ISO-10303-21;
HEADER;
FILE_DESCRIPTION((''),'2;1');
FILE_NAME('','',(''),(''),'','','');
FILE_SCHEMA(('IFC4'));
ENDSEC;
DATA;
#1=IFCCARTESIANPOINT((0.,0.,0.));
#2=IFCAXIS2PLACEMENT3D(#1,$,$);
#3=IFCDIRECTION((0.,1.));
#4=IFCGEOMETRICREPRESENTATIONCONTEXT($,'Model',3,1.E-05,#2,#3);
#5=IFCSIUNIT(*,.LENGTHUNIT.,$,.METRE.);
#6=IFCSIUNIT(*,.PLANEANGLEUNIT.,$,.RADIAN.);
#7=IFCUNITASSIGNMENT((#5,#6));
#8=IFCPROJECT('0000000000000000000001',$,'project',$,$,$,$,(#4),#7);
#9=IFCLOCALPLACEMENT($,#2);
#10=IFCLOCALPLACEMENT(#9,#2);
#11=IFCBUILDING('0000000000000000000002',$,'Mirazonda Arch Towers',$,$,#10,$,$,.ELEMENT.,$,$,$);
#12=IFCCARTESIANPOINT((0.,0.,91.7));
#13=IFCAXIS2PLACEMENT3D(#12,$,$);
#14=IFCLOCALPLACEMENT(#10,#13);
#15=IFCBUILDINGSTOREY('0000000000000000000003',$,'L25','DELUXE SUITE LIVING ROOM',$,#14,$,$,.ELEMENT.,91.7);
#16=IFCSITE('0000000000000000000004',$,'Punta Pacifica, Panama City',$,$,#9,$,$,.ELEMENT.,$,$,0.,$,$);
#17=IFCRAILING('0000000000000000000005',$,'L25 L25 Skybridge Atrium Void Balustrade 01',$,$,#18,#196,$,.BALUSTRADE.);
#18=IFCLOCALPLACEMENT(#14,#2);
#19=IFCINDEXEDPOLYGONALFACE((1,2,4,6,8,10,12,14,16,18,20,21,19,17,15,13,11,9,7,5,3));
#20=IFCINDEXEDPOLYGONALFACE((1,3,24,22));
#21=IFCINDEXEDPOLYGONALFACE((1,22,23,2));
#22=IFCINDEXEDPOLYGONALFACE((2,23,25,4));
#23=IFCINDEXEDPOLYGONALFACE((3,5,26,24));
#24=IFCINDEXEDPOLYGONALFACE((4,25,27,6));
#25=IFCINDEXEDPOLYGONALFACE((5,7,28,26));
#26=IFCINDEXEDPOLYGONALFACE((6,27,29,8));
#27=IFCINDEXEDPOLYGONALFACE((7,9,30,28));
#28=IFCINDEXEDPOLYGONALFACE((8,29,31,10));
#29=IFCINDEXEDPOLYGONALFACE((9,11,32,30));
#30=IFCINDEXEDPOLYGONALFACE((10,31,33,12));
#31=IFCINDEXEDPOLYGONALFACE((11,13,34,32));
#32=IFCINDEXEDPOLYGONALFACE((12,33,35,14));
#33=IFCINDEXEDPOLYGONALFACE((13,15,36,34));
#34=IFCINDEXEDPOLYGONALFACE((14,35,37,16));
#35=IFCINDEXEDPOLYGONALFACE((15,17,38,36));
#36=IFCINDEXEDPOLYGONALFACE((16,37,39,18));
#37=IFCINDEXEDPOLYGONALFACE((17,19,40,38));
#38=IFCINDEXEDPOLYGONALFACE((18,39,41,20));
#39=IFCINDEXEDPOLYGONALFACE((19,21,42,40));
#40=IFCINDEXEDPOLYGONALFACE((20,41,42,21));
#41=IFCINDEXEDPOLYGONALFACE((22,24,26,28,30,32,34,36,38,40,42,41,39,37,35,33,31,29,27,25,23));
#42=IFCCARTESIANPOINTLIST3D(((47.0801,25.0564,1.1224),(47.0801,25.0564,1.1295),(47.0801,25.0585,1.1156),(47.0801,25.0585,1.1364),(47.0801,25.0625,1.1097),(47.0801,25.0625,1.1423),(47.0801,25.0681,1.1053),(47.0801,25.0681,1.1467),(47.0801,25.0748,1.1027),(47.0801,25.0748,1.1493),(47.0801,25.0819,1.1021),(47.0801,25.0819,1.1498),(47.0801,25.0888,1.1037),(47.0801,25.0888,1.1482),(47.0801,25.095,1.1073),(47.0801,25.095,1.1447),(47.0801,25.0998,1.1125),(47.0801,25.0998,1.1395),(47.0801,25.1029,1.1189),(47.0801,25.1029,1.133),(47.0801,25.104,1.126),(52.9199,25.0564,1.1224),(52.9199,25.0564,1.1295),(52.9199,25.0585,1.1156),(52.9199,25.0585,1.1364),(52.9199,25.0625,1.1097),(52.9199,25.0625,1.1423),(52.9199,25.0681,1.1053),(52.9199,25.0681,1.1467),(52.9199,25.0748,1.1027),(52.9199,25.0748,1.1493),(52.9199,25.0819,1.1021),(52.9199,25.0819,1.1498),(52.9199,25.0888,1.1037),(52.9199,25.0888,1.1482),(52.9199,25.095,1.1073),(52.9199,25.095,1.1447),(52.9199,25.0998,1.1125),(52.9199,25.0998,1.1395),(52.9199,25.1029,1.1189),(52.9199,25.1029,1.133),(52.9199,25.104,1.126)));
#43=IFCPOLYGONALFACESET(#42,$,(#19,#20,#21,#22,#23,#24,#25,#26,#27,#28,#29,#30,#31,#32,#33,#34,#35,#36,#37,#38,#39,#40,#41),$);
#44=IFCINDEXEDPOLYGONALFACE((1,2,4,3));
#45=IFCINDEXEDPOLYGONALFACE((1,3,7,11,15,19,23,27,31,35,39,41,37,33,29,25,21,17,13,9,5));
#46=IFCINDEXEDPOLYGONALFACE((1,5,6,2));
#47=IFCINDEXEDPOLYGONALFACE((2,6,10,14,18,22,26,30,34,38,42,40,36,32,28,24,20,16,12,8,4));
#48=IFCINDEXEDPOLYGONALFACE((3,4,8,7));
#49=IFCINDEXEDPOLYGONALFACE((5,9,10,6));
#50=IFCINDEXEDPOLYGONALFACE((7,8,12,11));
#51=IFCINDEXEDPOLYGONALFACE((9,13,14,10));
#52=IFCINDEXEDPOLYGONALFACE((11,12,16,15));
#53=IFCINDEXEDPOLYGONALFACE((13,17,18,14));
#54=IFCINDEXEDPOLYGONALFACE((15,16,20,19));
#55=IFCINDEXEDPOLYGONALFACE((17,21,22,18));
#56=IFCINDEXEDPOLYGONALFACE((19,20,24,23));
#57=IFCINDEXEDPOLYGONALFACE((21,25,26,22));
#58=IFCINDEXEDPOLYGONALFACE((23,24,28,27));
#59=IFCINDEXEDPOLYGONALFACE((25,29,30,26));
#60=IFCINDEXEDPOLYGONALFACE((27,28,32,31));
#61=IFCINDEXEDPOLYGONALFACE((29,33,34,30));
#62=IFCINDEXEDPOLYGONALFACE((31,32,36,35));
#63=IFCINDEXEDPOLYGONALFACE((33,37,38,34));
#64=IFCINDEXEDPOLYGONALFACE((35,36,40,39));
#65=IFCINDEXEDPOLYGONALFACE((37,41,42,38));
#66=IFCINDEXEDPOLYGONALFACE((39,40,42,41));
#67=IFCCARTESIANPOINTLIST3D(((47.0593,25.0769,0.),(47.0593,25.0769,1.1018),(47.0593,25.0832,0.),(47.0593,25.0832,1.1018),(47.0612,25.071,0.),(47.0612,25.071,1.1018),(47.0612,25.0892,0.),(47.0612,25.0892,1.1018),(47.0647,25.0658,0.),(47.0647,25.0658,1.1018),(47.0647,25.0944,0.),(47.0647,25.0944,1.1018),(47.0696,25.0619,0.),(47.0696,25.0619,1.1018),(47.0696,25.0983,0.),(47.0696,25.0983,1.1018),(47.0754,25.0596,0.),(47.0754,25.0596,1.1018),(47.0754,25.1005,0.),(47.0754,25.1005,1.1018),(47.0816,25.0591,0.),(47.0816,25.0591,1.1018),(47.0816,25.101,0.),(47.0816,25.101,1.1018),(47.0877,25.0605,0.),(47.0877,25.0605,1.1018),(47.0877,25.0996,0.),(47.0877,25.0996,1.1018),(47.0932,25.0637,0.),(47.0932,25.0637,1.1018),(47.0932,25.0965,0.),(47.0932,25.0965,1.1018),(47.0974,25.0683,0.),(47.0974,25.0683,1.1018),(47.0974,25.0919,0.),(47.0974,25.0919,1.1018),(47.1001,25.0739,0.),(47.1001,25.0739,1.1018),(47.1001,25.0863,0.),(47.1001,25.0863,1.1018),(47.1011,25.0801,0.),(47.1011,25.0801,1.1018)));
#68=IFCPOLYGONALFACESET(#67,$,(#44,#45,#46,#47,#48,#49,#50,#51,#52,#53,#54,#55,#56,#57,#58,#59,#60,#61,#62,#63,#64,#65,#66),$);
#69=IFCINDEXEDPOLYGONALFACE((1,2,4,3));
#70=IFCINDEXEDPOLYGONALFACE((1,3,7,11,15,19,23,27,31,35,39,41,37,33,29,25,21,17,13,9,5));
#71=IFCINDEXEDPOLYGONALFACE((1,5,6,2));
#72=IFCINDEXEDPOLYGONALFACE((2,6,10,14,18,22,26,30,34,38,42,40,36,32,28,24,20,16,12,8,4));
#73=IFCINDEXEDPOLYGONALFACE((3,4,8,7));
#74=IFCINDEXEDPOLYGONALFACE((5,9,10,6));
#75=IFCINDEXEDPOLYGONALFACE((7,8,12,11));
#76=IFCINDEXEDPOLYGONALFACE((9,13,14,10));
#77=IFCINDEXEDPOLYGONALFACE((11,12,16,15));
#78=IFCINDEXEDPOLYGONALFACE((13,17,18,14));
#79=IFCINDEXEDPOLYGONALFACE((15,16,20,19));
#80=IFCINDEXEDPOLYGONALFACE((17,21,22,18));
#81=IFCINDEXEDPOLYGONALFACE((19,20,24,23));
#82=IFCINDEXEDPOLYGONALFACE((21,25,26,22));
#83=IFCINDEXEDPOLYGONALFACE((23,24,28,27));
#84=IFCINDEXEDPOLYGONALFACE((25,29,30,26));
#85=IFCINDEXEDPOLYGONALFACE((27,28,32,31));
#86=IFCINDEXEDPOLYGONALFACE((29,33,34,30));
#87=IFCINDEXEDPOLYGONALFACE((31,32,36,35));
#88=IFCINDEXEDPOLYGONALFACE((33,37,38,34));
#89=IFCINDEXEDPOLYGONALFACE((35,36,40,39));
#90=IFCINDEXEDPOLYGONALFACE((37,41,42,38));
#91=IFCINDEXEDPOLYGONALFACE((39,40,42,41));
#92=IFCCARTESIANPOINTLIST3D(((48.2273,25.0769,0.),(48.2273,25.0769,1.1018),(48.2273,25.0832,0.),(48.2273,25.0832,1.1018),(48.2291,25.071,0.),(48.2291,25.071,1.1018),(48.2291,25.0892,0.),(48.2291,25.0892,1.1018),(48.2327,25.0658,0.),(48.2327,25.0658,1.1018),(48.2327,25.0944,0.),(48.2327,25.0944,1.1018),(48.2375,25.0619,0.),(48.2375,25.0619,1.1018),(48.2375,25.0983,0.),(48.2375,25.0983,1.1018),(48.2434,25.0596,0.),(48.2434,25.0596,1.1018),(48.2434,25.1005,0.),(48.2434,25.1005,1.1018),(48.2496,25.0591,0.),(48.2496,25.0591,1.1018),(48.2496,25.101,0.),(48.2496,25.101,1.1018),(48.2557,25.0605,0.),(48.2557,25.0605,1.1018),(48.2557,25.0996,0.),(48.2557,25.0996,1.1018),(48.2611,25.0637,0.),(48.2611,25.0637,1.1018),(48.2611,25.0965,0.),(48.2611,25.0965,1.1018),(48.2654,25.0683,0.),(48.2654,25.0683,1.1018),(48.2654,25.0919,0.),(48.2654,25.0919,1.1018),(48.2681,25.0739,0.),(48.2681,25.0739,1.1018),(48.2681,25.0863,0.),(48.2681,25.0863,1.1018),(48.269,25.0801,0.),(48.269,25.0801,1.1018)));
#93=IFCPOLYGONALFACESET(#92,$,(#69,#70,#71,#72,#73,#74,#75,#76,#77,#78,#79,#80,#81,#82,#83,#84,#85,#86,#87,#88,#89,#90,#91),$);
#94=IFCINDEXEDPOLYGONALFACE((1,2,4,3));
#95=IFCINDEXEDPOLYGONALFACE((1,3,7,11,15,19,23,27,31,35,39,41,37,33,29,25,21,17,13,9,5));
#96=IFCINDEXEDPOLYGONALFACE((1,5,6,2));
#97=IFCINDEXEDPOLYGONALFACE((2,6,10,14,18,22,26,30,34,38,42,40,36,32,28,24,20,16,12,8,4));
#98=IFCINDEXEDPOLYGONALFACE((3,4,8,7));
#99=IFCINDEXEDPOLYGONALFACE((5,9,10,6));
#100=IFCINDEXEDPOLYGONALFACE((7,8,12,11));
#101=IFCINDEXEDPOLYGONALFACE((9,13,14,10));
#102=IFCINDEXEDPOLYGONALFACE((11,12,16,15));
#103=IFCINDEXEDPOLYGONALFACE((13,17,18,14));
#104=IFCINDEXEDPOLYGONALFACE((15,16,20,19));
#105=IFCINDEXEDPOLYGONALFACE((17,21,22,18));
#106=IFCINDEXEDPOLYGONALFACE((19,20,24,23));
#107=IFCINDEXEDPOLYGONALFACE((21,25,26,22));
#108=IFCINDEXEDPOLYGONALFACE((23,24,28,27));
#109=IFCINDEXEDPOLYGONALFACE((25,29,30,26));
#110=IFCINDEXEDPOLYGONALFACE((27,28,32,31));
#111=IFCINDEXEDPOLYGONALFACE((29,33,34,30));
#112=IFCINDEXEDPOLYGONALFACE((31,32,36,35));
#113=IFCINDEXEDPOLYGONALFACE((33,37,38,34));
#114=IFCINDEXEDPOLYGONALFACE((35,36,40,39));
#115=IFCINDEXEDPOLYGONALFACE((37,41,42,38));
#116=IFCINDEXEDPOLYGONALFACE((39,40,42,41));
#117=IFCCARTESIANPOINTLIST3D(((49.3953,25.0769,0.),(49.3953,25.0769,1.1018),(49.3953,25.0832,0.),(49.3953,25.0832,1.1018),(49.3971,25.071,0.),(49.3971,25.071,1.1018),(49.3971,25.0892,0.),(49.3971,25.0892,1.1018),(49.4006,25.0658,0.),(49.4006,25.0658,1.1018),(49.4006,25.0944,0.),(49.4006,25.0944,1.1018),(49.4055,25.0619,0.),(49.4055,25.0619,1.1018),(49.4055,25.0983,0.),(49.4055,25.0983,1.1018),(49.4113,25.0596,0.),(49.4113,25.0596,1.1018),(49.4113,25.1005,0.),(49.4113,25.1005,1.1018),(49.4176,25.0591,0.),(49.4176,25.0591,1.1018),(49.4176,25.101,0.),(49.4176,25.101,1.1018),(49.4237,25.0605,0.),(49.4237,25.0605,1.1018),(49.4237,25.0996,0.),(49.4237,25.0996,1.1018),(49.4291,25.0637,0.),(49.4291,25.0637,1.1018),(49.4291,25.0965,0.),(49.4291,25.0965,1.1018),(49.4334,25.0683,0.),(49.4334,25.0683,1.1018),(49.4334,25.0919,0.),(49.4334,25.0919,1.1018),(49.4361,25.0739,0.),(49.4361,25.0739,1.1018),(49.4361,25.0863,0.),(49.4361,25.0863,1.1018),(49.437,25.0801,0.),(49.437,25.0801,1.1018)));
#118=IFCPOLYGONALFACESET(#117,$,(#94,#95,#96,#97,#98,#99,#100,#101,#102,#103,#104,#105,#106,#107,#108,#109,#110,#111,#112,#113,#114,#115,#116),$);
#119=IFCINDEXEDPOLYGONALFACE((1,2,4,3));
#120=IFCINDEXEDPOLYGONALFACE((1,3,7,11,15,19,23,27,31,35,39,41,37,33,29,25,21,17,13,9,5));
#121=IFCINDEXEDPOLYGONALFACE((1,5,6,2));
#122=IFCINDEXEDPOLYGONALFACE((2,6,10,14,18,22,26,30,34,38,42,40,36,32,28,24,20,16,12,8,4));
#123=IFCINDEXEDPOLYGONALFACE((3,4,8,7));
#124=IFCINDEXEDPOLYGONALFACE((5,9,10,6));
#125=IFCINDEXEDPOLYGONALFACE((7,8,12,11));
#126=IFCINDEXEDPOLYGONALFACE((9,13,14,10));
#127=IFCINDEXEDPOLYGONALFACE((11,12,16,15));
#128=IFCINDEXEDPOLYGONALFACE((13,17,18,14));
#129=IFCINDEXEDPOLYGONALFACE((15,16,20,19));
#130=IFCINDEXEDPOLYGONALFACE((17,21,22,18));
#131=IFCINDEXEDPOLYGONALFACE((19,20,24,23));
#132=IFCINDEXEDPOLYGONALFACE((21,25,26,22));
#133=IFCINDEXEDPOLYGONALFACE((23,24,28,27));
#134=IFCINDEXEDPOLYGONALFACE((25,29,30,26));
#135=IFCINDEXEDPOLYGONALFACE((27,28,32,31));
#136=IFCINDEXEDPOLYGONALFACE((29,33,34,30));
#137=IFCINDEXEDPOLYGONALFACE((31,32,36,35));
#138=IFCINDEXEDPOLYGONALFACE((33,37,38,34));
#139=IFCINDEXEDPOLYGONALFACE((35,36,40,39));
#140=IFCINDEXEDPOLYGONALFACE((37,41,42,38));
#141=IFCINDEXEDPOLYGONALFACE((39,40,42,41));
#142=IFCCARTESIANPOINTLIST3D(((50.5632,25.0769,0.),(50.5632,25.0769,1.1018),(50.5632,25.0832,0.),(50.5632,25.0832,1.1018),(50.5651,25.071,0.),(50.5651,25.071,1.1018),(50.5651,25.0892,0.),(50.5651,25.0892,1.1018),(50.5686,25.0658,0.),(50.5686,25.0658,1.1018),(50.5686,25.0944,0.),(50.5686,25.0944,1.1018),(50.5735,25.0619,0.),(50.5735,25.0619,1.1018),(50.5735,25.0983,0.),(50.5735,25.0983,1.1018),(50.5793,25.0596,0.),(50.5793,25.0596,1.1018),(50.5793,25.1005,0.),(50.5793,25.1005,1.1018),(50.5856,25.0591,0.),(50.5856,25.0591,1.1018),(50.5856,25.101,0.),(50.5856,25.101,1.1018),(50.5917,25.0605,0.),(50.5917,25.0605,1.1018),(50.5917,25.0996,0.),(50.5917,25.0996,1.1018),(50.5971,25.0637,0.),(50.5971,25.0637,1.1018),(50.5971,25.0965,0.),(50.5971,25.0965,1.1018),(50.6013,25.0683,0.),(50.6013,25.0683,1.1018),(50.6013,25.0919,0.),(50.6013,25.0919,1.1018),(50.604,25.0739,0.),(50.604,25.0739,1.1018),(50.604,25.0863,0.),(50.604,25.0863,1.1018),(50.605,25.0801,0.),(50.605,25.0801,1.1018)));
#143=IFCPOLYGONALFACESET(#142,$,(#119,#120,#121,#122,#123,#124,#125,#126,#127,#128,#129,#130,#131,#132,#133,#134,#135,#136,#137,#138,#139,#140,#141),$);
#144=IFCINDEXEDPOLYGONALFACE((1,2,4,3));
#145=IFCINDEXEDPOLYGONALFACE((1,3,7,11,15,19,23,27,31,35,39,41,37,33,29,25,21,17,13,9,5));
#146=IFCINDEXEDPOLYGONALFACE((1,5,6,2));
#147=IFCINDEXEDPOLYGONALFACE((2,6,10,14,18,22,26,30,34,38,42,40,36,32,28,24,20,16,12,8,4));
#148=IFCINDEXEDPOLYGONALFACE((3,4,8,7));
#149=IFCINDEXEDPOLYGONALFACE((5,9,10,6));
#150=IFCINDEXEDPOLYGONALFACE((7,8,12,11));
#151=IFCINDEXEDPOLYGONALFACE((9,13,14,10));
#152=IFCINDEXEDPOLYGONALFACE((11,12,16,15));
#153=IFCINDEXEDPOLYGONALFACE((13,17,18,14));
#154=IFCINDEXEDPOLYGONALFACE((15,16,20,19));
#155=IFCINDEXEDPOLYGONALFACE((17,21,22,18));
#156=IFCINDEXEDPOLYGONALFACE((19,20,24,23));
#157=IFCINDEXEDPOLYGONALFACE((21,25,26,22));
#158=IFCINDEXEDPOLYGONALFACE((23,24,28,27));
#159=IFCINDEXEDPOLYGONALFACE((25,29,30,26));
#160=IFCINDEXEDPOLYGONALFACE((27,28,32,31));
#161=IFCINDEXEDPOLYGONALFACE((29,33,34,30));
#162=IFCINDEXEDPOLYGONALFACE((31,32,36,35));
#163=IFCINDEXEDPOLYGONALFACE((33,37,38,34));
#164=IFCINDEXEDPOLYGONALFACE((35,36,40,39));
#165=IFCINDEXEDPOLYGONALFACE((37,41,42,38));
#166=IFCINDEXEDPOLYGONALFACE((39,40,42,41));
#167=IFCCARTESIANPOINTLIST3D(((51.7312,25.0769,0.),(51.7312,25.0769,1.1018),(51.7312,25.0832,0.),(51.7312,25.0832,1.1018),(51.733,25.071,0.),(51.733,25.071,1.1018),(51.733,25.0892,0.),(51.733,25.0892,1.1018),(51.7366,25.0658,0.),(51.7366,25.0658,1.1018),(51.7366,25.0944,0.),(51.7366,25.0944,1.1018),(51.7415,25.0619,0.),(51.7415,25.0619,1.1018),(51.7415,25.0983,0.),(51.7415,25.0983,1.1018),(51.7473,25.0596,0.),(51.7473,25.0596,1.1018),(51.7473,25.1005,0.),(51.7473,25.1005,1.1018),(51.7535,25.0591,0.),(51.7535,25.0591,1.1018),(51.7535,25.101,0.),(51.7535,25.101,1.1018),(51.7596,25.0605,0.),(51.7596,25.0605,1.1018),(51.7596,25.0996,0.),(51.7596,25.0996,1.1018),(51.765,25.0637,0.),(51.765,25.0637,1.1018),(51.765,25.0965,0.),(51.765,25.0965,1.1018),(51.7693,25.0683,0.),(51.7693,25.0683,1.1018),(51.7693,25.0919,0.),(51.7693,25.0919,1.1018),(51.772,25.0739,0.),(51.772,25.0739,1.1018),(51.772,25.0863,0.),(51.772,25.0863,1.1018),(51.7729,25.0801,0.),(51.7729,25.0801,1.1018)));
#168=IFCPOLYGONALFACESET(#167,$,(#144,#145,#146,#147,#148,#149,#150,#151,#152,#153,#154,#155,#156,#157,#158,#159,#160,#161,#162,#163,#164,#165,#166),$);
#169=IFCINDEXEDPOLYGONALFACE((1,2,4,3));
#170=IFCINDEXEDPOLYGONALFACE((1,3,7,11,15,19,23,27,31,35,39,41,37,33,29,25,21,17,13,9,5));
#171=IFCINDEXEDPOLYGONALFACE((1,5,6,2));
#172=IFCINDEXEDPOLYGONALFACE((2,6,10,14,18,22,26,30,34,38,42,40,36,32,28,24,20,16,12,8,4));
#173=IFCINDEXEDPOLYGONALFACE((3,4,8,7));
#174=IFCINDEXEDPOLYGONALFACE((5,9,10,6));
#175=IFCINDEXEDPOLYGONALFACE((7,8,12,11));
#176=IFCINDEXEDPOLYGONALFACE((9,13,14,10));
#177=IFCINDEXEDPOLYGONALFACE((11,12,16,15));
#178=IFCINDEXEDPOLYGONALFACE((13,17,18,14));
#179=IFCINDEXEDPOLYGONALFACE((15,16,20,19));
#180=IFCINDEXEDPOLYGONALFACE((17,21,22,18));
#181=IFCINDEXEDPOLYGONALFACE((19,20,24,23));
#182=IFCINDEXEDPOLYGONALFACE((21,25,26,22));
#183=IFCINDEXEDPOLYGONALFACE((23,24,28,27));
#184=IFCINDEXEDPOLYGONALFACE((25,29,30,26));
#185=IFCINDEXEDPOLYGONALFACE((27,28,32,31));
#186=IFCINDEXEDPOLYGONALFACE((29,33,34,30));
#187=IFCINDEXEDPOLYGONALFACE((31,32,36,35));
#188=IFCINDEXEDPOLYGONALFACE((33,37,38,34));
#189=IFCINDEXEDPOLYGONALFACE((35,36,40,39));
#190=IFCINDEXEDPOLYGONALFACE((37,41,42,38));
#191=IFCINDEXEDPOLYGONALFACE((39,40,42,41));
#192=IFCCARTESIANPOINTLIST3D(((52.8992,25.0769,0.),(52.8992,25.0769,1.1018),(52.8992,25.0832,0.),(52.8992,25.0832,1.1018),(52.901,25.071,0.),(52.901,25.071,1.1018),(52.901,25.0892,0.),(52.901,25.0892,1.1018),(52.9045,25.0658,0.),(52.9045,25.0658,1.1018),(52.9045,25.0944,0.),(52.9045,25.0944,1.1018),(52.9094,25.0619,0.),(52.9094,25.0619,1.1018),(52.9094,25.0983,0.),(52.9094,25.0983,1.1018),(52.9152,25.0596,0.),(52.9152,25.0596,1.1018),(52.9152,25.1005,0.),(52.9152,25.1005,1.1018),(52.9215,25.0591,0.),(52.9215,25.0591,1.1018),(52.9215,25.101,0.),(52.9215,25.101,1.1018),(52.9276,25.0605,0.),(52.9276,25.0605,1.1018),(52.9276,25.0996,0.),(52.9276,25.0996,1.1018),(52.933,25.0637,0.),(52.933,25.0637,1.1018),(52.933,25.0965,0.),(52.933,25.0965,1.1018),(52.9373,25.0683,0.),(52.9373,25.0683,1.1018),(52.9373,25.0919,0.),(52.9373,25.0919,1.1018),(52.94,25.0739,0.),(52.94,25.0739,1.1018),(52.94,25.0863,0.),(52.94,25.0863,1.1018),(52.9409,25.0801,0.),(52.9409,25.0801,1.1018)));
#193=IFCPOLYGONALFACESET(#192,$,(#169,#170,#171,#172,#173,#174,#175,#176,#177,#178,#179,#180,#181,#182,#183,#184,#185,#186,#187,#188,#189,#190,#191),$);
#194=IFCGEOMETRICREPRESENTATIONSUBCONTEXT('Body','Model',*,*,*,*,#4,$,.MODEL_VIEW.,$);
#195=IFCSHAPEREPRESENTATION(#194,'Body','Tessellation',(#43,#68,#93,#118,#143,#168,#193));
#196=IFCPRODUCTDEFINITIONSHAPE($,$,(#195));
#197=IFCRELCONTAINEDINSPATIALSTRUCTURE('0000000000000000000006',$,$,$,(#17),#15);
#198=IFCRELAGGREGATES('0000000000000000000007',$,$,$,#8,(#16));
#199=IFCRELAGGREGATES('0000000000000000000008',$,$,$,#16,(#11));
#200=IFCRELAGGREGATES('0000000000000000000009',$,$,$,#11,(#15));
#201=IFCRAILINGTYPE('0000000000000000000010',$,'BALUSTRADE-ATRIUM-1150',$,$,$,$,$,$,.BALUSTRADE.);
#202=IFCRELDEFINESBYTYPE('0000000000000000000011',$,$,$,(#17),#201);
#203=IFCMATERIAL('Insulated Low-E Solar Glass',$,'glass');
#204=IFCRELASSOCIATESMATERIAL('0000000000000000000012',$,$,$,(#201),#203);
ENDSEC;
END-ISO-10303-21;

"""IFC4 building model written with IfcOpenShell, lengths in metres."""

from ifc_helpers import new_model, si_unit, direction, frame, origin, origin_2d, place, context, subcontext, project, spatial, circle, extrude, material, type_object, element, save


model = new_model("IFC4")

# Units and contexts
model_context = context("Model", 3, precision=1e-05, world=origin(), true_north=direction((0.0, 1.0)))
body_context = subcontext(model_context, "Body", "Model", "MODEL_VIEW")
ifc_project = project(units=[si_unit("LENGTHUNIT", "METRE"), si_unit("PLANEANGLEUNIT", "RADIAN")], contexts=[model_context])

# Site, building, storey
site_placement = place(None, origin())
site = spatial("IfcSite", under=ifc_project, at=site_placement, Name="Punta Pacifica, Panama City", CompositionType="ELEMENT", RefElevation=0.0)
building_placement = place(site_placement, origin())
building = spatial("IfcBuilding", under=site, at=building_placement, Name="Mirazonda Arch Towers", CompositionType="ELEMENT")
storey_placement = place(building_placement, frame((0.0, 0.0, 91.7)))
storey = spatial("IfcBuildingStorey", under=building, at=storey_placement, Name="L25", Description="DELUXE SUITE LIVING ROOM", CompositionType="ELEMENT", Elevation=91.7)

# Shared definitions
ifc_material_1 = material(Name="Insulated Low-E Solar Glass", Category="glass")

# Railing
railing_type = type_object("IfcRailingType", Name="BALUSTRADE-ATRIUM-1150", PredefinedType="BALUSTRADE", material=ifc_material_1)
railing_1_placement = place(storey_placement, frame((47.0801, 25.0801, 0.0)))
element("IfcRailing", 1, at=railing_1_placement, inside=storey, type_object=railing_type, Name="L25 L25 Skybridge Atrium Void Balustrade 01", PredefinedType="BALUSTRADE", context=body_context, shape_type="SweptSolid", body=[
    extrude(circle(Radius=0.0239, at=origin_2d()), frame((0.0, 0.0, 1.126), z_axis=(1.0, 0.0, 0.0), x_axis=(0.0, 1.0, 0.0)), (0.0, 0.0, 1.0), 5.8398),
    extrude(circle(Radius=0.021, at=origin_2d()), origin(), (0.0, 0.0, 1.0), 1.1018),
    extrude(circle(Radius=0.021, at=origin_2d()), frame((1.168, 0.0, 0.0)), (0.0, 0.0, 1.0), 1.1018),
    extrude(circle(Radius=0.021, at=origin_2d()), frame((2.3359, 0.0, 0.0)), (0.0, 0.0, 1.0), 1.1018),
    extrude(circle(Radius=0.021, at=origin_2d()), frame((3.5039, 0.0, 0.0)), (0.0, 0.0, 1.0), 1.1018),
    extrude(circle(Radius=0.021, at=origin_2d()), frame((4.6719, 0.0, 0.0)), (0.0, 0.0, 1.0), 1.1018),
    extrude(circle(Radius=0.021, at=origin_2d()), frame((5.8398, 0.0, 0.0)), (0.0, 0.0, 1.0), 1.1018),
])

save(model, "model.ifc")
